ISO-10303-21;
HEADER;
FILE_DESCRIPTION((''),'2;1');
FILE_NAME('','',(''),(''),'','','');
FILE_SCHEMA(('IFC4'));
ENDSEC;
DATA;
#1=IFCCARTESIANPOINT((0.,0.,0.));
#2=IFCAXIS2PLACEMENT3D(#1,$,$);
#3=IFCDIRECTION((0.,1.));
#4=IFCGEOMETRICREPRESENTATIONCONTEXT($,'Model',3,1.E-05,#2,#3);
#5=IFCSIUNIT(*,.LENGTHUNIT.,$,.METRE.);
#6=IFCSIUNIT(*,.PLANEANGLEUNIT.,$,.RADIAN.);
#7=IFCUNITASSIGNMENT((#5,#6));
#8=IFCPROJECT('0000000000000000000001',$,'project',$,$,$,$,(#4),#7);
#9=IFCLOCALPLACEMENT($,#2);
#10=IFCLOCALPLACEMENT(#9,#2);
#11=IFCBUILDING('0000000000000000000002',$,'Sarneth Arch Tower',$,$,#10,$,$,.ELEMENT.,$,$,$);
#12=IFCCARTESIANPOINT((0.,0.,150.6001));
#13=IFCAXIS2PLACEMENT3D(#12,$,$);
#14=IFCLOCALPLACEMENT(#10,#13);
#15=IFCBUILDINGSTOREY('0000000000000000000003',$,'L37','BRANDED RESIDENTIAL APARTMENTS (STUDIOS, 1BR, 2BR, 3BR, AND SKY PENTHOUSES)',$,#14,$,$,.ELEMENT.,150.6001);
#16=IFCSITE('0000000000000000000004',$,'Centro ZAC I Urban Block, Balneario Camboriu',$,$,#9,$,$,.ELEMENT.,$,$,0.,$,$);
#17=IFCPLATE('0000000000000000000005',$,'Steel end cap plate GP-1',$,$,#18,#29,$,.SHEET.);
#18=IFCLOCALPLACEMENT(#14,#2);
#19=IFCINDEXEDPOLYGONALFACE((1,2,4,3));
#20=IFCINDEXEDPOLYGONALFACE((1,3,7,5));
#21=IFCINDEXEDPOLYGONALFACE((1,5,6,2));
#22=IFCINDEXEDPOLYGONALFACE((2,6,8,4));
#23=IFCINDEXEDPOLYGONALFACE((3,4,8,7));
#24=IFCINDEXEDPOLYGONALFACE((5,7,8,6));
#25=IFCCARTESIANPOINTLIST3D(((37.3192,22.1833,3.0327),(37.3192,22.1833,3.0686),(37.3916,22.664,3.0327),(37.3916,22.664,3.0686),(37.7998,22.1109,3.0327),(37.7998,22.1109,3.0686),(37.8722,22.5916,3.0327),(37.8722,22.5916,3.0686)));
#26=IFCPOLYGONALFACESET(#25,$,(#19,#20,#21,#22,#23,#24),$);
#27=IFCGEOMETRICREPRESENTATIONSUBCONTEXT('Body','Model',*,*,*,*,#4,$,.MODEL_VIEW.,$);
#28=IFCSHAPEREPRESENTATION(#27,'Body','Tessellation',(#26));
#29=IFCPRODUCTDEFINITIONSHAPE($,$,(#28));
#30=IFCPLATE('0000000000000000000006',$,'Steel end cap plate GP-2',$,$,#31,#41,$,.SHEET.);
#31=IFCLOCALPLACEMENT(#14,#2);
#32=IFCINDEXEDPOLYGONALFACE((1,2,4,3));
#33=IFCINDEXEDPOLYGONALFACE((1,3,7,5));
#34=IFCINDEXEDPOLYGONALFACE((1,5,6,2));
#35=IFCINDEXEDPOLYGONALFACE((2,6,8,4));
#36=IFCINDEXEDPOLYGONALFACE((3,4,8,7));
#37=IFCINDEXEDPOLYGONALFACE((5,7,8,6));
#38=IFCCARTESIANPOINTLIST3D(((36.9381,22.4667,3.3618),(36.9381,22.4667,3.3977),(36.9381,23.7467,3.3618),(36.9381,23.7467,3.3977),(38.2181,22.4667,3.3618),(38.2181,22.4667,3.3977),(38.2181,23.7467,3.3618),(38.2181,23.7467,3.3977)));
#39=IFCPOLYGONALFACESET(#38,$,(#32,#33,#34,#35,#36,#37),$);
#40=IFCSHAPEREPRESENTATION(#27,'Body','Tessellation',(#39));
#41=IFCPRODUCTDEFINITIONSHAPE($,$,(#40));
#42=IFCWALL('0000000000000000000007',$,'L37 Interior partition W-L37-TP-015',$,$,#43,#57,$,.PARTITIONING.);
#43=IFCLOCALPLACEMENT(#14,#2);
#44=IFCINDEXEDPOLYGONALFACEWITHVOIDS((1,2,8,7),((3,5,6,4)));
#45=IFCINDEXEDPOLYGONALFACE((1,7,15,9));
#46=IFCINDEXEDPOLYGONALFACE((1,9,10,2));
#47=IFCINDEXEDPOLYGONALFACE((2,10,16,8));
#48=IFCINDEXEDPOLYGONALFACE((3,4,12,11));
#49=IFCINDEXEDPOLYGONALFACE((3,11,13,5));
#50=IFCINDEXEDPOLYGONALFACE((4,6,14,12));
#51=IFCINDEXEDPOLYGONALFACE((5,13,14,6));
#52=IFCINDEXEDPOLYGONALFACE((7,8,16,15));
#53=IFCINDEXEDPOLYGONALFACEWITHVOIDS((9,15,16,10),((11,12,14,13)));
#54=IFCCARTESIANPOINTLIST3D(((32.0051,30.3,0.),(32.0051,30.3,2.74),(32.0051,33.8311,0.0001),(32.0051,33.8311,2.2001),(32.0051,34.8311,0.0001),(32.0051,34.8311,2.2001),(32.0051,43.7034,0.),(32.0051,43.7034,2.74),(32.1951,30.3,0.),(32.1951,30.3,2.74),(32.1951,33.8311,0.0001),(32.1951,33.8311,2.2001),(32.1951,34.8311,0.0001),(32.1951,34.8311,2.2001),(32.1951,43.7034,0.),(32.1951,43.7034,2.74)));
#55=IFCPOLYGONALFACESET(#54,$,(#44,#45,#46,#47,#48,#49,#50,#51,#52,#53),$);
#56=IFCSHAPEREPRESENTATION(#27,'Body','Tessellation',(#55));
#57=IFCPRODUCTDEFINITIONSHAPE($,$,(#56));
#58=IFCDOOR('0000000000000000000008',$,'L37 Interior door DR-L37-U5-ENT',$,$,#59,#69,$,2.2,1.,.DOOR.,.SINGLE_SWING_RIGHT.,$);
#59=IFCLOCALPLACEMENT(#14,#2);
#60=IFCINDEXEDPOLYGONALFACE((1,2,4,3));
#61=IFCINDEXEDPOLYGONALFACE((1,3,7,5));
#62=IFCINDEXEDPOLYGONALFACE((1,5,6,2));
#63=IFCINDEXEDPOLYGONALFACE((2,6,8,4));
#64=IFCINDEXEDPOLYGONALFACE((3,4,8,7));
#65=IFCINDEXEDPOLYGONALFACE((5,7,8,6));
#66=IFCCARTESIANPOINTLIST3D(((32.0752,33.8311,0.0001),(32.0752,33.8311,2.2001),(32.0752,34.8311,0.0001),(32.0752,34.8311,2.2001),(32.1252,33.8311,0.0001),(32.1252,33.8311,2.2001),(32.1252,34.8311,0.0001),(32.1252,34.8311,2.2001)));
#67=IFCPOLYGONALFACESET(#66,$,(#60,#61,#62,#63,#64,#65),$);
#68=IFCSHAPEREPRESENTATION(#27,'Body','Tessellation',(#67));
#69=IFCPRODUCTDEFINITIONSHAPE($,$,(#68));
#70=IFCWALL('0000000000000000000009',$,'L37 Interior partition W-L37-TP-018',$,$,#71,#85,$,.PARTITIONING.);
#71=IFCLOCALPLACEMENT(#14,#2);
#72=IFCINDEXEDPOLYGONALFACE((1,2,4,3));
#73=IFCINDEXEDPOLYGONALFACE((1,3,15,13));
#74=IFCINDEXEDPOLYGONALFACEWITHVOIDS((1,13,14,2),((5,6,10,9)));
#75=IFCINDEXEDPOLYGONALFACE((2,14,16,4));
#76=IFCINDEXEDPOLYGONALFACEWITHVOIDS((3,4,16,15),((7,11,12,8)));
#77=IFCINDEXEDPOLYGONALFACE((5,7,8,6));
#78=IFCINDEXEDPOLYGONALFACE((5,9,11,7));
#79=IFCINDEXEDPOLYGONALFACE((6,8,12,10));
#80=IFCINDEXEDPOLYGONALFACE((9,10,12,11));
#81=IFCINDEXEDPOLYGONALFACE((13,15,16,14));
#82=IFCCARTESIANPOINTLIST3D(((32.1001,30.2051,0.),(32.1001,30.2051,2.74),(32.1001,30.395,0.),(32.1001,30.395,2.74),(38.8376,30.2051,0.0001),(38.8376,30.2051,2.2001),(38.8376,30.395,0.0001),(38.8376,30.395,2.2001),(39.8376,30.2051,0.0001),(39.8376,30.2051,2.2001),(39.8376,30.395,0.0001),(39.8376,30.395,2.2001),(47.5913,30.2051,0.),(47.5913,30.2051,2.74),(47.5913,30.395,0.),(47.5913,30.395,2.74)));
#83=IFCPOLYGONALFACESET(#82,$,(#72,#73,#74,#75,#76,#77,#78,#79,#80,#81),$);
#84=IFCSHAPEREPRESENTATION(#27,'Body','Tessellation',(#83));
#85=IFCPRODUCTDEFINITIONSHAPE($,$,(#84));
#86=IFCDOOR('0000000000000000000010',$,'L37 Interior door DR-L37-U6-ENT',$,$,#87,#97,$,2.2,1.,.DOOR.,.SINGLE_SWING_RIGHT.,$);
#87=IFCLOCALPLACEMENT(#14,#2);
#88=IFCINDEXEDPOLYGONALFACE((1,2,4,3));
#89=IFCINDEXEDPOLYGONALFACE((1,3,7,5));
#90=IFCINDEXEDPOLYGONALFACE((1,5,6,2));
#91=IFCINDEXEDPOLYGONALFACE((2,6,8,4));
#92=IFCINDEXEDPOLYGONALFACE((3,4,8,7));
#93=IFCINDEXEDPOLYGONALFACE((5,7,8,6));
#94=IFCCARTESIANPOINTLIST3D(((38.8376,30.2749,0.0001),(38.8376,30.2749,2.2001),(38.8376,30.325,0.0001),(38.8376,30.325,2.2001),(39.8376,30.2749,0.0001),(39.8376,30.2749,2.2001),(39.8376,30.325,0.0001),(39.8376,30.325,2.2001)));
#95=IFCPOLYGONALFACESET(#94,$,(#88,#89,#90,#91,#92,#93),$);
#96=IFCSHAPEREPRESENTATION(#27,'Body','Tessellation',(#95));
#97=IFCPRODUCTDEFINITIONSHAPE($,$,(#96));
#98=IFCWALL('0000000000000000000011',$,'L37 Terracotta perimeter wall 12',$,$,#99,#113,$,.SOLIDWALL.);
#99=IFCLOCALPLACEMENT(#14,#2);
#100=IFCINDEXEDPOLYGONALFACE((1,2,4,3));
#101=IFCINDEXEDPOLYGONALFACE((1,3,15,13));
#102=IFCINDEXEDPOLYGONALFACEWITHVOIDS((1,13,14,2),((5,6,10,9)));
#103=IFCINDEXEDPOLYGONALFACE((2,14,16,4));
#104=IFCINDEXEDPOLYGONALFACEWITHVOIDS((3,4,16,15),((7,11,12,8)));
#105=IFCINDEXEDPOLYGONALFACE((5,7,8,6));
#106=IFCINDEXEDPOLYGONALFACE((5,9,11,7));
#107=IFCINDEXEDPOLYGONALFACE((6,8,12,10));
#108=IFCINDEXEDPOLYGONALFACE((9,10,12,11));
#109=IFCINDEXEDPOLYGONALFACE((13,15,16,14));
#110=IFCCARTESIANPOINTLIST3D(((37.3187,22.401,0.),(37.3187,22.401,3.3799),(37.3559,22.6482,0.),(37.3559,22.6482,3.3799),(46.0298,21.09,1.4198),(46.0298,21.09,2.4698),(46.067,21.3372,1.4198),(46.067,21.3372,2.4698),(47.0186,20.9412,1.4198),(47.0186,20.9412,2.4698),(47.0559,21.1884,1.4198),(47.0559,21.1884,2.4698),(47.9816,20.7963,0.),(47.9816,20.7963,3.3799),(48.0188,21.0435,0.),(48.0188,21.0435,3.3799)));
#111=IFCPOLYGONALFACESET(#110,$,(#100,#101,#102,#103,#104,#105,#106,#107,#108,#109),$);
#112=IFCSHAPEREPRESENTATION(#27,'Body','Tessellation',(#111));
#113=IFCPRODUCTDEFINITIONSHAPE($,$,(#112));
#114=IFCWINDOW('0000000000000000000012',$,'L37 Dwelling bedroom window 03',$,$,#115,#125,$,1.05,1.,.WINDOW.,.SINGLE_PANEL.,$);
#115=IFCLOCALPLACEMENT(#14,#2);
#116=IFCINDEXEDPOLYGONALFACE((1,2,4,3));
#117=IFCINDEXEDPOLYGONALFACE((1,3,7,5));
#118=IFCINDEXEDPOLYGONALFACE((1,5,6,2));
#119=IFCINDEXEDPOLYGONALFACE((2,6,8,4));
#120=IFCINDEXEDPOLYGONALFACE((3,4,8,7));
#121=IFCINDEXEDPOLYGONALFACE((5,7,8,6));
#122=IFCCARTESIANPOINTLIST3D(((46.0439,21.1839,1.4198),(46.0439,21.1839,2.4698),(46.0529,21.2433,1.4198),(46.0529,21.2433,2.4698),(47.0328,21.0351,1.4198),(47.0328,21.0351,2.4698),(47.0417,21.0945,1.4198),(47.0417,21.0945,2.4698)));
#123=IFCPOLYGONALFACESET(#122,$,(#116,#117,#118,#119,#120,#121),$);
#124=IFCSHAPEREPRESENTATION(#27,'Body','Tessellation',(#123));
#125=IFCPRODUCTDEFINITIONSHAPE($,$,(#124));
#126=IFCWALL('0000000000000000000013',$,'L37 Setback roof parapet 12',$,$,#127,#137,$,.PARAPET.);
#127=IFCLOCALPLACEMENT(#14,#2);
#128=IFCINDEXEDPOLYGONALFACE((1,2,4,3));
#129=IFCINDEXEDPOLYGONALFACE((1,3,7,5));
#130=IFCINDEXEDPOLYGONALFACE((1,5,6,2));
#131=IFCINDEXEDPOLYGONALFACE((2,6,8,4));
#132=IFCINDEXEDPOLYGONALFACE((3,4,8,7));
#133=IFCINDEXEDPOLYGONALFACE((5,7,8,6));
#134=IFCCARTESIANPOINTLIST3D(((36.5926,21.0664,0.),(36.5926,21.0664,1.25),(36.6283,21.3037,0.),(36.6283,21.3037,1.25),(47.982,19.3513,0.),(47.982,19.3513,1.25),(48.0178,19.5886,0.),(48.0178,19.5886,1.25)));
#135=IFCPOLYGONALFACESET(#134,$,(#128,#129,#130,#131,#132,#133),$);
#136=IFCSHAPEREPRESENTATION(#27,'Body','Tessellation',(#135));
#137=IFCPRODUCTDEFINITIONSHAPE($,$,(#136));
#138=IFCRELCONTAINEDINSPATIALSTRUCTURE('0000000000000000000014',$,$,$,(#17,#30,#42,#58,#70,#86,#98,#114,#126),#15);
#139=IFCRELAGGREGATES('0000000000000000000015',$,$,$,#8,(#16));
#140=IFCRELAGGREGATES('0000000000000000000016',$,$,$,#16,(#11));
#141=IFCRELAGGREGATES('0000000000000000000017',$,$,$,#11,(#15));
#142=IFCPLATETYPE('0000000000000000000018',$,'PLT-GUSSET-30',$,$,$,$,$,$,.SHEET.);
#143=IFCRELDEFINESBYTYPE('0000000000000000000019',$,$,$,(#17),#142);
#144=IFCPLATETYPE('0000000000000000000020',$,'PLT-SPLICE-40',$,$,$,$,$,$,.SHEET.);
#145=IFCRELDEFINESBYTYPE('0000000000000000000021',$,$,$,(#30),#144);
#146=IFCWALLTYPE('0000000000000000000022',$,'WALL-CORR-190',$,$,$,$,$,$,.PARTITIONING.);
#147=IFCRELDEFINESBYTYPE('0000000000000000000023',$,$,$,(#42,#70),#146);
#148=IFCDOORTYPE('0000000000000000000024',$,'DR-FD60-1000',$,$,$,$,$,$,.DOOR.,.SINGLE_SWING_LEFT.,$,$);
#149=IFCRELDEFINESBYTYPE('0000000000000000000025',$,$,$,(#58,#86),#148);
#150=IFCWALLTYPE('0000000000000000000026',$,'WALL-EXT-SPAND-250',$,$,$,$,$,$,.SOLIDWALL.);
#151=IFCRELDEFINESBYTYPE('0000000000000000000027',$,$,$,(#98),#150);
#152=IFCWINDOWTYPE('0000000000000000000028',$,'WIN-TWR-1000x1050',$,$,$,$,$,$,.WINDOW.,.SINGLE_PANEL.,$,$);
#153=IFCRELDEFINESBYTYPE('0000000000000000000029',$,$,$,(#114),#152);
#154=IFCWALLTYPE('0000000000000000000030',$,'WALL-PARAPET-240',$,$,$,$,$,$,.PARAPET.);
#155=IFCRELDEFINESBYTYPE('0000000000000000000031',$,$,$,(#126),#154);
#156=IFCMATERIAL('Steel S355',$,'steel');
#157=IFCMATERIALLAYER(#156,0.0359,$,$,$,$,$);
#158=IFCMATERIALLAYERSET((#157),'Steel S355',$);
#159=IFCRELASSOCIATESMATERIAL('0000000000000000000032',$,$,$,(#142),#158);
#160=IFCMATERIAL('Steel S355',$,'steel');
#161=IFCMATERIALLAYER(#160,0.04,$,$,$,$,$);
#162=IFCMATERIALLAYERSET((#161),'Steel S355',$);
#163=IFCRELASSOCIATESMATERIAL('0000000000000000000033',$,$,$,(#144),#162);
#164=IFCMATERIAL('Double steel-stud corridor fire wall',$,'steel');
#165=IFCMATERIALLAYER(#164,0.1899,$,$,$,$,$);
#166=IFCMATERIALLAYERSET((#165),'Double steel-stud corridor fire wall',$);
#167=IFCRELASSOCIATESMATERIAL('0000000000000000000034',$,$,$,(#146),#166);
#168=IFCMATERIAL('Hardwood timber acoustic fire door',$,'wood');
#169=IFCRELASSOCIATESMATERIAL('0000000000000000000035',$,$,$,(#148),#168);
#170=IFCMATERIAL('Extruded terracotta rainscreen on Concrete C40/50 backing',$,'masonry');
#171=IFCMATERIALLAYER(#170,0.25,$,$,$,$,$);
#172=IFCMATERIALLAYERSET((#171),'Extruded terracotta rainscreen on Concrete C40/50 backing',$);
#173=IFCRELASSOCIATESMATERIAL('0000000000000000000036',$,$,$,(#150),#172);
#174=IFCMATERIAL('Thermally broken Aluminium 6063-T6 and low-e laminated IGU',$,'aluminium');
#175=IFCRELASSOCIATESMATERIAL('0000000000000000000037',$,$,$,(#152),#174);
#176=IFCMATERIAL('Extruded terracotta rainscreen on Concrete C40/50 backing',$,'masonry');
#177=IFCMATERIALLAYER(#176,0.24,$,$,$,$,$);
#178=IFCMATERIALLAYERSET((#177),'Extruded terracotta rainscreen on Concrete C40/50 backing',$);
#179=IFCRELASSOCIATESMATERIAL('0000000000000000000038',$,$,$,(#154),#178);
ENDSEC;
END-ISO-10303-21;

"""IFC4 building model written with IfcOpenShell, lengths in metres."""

from ifc_helpers import new_model, si_unit, direction, frame, frame_2d, origin, origin_2d, place, context, subcontext, project, spatial, rectangle, extrude, material, layer, layer_set, type_object, element, fill, save


model = new_model("IFC4")

# Units and contexts
model_context = context("Model", 3, precision=1e-05, world=origin(), true_north=direction((0.0, 1.0)))
body_context = subcontext(model_context, "Body", "Model", "MODEL_VIEW")
ifc_project = project(units=[si_unit("LENGTHUNIT", "METRE"), si_unit("PLANEANGLEUNIT", "RADIAN")], contexts=[model_context])

# Site, building, storey
site_placement = place(None, origin())
site = spatial("IfcSite", under=ifc_project, at=site_placement, Name="Centro ZAC I Urban Block, Balneario Camboriu", CompositionType="ELEMENT", RefElevation=0.0)
building_placement = place(site_placement, origin())
building = spatial("IfcBuilding", under=site, at=building_placement, Name="Sarneth Arch Tower", CompositionType="ELEMENT")
storey_placement = place(building_placement, frame((0.0, 0.0, 150.6001)))
storey = spatial("IfcBuildingStorey", under=building, at=storey_placement, Name="L37", Description="BRANDED RESIDENTIAL APARTMENTS (STUDIOS, 1BR, 2BR, 3BR, AND SKY PENTHOUSES)", CompositionType="ELEMENT", Elevation=150.6001)

# Plates
ifc_material_1 = material(Name="Steel S355", Category="steel")
ifc_layer_1 = layer(ifc_material_1, 0.0359)
ifc_layer_set_1 = layer_set([ifc_layer_1], Name="Steel S355")
plate_type_1 = type_object("IfcPlateType", Name="PLT-GUSSET-30", PredefinedType="SHEET", material=ifc_layer_set_1)
for number, where, z_axis, x_axis, name in (
    (1, (37.5957, 22.3875, 3.0327), (0.0, 0.0, 1.0), (0.988835, -0.149018, 0.0), "Steel end cap plate GP-1"),
):
    element("IfcPlate", number, at=place(storey_placement, frame(where, z_axis=z_axis, x_axis=x_axis)), inside=storey, type_object=plate_type_1, Name=name, PredefinedType="SHEET", context=body_context, shape_type="SweptSolid", body=[
        extrude(rectangle(XDim=0.4861, YDim=0.4861, at=origin_2d()), origin(), (0.0, 0.0, 1.0), 0.0359),
    ])
ifc_material_2 = material(Name="Steel S355", Category="steel")
ifc_layer_2 = layer(ifc_material_2, 0.04)
ifc_layer_set_2 = layer_set([ifc_layer_2], Name="Steel S355")
plate_type_2 = type_object("IfcPlateType", Name="PLT-SPLICE-40", PredefinedType="SHEET", material=ifc_layer_set_2)
plate_placement = place(storey_placement, frame((37.5781, 23.1067, 3.3618), z_axis=(0.0, 0.0, 1.0), x_axis=(1.0, 0.0, 0.0)))
element("IfcPlate", 2, at=plate_placement, inside=storey, type_object=plate_type_2, Name="Steel end cap plate GP-2", PredefinedType="SHEET", context=body_context, shape_type="SweptSolid", body=[
    extrude(rectangle(XDim=1.28, YDim=1.28, at=origin_2d()), origin(), (0.0, 0.0, 1.0), 0.0359),
])

# Walls, openings, doors
ifc_material_3 = material(Name="Double steel-stud corridor fire wall", Category="steel")
ifc_layer_3 = layer(ifc_material_3, 0.1899)
ifc_layer_set_3 = layer_set([ifc_layer_3], Name="Double steel-stud corridor fire wall")
wall_type_1 = type_object("IfcWallType", Name="WALL-CORR-190", PredefinedType="PARTITIONING", material=ifc_layer_set_3)
wall_1_placement = place(storey_placement, frame((32.1001, 30.3, 0.0), z_axis=(0.0, 0.0, 1.0), x_axis=(0.0, 1.0, 0.0)))
wall_1 = element("IfcWall", 3, at=wall_1_placement, inside=storey, type_object=wall_type_1, Name="L37 Interior partition W-L37-TP-015", PredefinedType="PARTITIONING", context=body_context, shape_type="SweptSolid", body=[
    extrude(rectangle(XDim=13.4033, YDim=0.1899, at=frame_2d((6.7017, 0.0))), origin(), (0.0, 0.0, 1.0), 2.74),
])
opening_1_placement = place(wall_1_placement, frame((3.531, 0.0, 0.0)))
opening_1 = element("IfcOpeningElement", 4, at=opening_1_placement, cuts=wall_1, PredefinedType="OPENING", context=body_context, shape_type="SweptSolid", body=[
    extrude(rectangle(XDim=1.0, YDim=2.2, at=frame_2d((0.5, 1.1001))), frame((0.0, 0.105, 0.0), z_axis=(0.0, -1.0, 0.0), x_axis=(1.0, 0.0, 0.0)), (0.0, 0.0, 1.0), 0.21),
])
ifc_material_4 = material(Name="Hardwood timber acoustic fire door", Category="wood")
door_type_1 = type_object("IfcDoorType", Name="DR-FD60-1000", OperationType="SINGLE_SWING_LEFT", PredefinedType="DOOR", material=ifc_material_4)
door_1_placement = place(opening_1_placement, origin())
door_1 = element("IfcDoor", 5, at=door_1_placement, inside=storey, type_object=door_type_1, Name="L37 Interior door DR-L37-U5-ENT", OperationType="SINGLE_SWING_RIGHT", OverallHeight=2.2, OverallWidth=1.0, PredefinedType="DOOR", context=body_context, shape_type="SweptSolid", body=[
    extrude(rectangle(XDim=1.0, YDim=2.2, at=frame_2d((0.5, 1.1001))), frame((0.0, 0.0249, 0.0), z_axis=(0.0, -1.0, 0.0), x_axis=(1.0, 0.0, 0.0)), (0.0, 0.0, 1.0), 0.05),
])
fill(opening_1, door_1)
wall_2_placement = place(storey_placement, frame((32.1001, 30.3, 0.0), z_axis=(0.0, 0.0, 1.0), x_axis=(1.0, 0.0, 0.0)))
wall_2 = element("IfcWall", 6, at=wall_2_placement, inside=storey, type_object=wall_type_1, Name="L37 Interior partition W-L37-TP-018", PredefinedType="PARTITIONING", context=body_context, shape_type="SweptSolid", body=[
    extrude(rectangle(XDim=15.4912, YDim=0.1899, at=frame_2d((7.7456, 0.0))), origin(), (0.0, 0.0, 1.0), 2.74),
])
opening_2_placement = place(wall_2_placement, frame((6.7375, 0.0, 0.0)))
opening_2 = element("IfcOpeningElement", 7, at=opening_2_placement, cuts=wall_2, PredefinedType="OPENING", context=body_context, shape_type="SweptSolid", body=[
    extrude(rectangle(XDim=1.0, YDim=2.2, at=frame_2d((0.5, 1.1001))), frame((0.0, 0.105, 0.0), z_axis=(0.0, -1.0, 0.0), x_axis=(1.0, 0.0, 0.0)), (0.0, 0.0, 1.0), 0.21),
])
door_2_placement = place(opening_2_placement, origin())
door_2 = element("IfcDoor", 8, at=door_2_placement, inside=storey, type_object=door_type_1, Name="L37 Interior door DR-L37-U6-ENT", OperationType="SINGLE_SWING_RIGHT", OverallHeight=2.2, OverallWidth=1.0, PredefinedType="DOOR", context=body_context, shape_type="SweptSolid", body=[
    extrude(rectangle(XDim=1.0, YDim=2.2, at=frame_2d((0.5, 1.1001))), frame((0.0, 0.0249, 0.0), z_axis=(0.0, -1.0, 0.0), x_axis=(1.0, 0.0, 0.0)), (0.0, 0.0, 1.0), 0.05),
])
fill(opening_2, door_2)

# Wall, opening, window
ifc_material_5 = material(Name="Extruded terracotta rainscreen on Concrete C40/50 backing", Category="masonry")
ifc_layer_4 = layer(ifc_material_5, 0.25)
ifc_layer_set_4 = layer_set([ifc_layer_4], Name="Extruded terracotta rainscreen on Concrete C40/50 backing")
wall_type_2 = type_object("IfcWallType", Name="WALL-EXT-SPAND-250", PredefinedType="SOLIDWALL", material=ifc_layer_set_4)
wall_3_placement = place(storey_placement, frame((37.3372, 22.5247, 0.0), z_axis=(0.0, 0.0, 1.0), x_axis=(0.988864, -0.148822, 0.0)))
wall_3 = element("IfcWall", 9, at=wall_3_placement, inside=storey, type_object=wall_type_2, Name="L37 Terracotta perimeter wall 12", PredefinedType="SOLIDWALL", context=body_context, shape_type="SweptSolid", body=[
    extrude(rectangle(XDim=10.783, YDim=0.25, at=frame_2d((5.3916, 0.0))), origin(), (0.0, 0.0, 1.0), 3.3799),
])
opening_3_placement = place(wall_3_placement, frame((8.8093, 0.0, 1.4199)))
opening_3 = element("IfcOpeningElement", 10, at=opening_3_placement, cuts=wall_3, PredefinedType="OPENING", context=body_context, shape_type="SweptSolid", body=[
    extrude(rectangle(XDim=1.0, YDim=1.05, at=frame_2d((0.5, 0.5249))), frame((0.0, 0.135, 0.0), z_axis=(0.0, -1.0, 0.0), x_axis=(1.0, 0.0, 0.0)), (0.0, 0.0, 1.0), 0.27),
])
ifc_material_6 = material(Name="Thermally broken Aluminium 6063-T6 and low-e laminated IGU", Category="aluminium")
window_type = type_object("IfcWindowType", Name="WIN-TWR-1000x1050", PartitioningType="SINGLE_PANEL", PredefinedType="WINDOW", material=ifc_material_6)
window_placement = place(opening_3_placement, origin())
window = element("IfcWindow", 11, at=window_placement, inside=storey, type_object=window_type, Name="L37 Dwelling bedroom window 03", OverallHeight=1.05, OverallWidth=1.0, PartitioningType="SINGLE_PANEL", PredefinedType="WINDOW", context=body_context, shape_type="SweptSolid", body=[
    extrude(rectangle(XDim=1.0, YDim=1.05, at=frame_2d((0.5, 0.5249))), frame((0.0, 0.03, 0.0), z_axis=(0.0, -1.0, 0.0), x_axis=(1.0, 0.0, 0.0)), (0.0, 0.0, 1.0), 0.0601),
])
fill(opening_3, window)

# Wall
ifc_material_7 = material(Name="Extruded terracotta rainscreen on Concrete C40/50 backing", Category="masonry")
ifc_layer_5 = layer(ifc_material_7, 0.24)
ifc_layer_set_5 = layer_set([ifc_layer_5], Name="Extruded terracotta rainscreen on Concrete C40/50 backing")
wall_type_3 = type_object("IfcWallType", Name="WALL-PARAPET-240", PredefinedType="PARAPET", material=ifc_layer_set_5)
wall_4_placement = place(storey_placement, frame((36.6106, 21.1851, 0.0), z_axis=(0.0, 0.0, 1.0), x_axis=(0.988851, -0.148907, 0.0)))
element("IfcWall", 12, at=wall_4_placement, inside=storey, type_object=wall_type_3, Name="L37 Setback roof parapet 12", PredefinedType="PARAPET", context=body_context, shape_type="SweptSolid", body=[
    extrude(rectangle(XDim=11.5178, YDim=0.24, at=frame_2d((5.7588, 0.0))), origin(), (0.0, 0.0, 1.0), 1.25),
])

save(model, "model.ifc")
